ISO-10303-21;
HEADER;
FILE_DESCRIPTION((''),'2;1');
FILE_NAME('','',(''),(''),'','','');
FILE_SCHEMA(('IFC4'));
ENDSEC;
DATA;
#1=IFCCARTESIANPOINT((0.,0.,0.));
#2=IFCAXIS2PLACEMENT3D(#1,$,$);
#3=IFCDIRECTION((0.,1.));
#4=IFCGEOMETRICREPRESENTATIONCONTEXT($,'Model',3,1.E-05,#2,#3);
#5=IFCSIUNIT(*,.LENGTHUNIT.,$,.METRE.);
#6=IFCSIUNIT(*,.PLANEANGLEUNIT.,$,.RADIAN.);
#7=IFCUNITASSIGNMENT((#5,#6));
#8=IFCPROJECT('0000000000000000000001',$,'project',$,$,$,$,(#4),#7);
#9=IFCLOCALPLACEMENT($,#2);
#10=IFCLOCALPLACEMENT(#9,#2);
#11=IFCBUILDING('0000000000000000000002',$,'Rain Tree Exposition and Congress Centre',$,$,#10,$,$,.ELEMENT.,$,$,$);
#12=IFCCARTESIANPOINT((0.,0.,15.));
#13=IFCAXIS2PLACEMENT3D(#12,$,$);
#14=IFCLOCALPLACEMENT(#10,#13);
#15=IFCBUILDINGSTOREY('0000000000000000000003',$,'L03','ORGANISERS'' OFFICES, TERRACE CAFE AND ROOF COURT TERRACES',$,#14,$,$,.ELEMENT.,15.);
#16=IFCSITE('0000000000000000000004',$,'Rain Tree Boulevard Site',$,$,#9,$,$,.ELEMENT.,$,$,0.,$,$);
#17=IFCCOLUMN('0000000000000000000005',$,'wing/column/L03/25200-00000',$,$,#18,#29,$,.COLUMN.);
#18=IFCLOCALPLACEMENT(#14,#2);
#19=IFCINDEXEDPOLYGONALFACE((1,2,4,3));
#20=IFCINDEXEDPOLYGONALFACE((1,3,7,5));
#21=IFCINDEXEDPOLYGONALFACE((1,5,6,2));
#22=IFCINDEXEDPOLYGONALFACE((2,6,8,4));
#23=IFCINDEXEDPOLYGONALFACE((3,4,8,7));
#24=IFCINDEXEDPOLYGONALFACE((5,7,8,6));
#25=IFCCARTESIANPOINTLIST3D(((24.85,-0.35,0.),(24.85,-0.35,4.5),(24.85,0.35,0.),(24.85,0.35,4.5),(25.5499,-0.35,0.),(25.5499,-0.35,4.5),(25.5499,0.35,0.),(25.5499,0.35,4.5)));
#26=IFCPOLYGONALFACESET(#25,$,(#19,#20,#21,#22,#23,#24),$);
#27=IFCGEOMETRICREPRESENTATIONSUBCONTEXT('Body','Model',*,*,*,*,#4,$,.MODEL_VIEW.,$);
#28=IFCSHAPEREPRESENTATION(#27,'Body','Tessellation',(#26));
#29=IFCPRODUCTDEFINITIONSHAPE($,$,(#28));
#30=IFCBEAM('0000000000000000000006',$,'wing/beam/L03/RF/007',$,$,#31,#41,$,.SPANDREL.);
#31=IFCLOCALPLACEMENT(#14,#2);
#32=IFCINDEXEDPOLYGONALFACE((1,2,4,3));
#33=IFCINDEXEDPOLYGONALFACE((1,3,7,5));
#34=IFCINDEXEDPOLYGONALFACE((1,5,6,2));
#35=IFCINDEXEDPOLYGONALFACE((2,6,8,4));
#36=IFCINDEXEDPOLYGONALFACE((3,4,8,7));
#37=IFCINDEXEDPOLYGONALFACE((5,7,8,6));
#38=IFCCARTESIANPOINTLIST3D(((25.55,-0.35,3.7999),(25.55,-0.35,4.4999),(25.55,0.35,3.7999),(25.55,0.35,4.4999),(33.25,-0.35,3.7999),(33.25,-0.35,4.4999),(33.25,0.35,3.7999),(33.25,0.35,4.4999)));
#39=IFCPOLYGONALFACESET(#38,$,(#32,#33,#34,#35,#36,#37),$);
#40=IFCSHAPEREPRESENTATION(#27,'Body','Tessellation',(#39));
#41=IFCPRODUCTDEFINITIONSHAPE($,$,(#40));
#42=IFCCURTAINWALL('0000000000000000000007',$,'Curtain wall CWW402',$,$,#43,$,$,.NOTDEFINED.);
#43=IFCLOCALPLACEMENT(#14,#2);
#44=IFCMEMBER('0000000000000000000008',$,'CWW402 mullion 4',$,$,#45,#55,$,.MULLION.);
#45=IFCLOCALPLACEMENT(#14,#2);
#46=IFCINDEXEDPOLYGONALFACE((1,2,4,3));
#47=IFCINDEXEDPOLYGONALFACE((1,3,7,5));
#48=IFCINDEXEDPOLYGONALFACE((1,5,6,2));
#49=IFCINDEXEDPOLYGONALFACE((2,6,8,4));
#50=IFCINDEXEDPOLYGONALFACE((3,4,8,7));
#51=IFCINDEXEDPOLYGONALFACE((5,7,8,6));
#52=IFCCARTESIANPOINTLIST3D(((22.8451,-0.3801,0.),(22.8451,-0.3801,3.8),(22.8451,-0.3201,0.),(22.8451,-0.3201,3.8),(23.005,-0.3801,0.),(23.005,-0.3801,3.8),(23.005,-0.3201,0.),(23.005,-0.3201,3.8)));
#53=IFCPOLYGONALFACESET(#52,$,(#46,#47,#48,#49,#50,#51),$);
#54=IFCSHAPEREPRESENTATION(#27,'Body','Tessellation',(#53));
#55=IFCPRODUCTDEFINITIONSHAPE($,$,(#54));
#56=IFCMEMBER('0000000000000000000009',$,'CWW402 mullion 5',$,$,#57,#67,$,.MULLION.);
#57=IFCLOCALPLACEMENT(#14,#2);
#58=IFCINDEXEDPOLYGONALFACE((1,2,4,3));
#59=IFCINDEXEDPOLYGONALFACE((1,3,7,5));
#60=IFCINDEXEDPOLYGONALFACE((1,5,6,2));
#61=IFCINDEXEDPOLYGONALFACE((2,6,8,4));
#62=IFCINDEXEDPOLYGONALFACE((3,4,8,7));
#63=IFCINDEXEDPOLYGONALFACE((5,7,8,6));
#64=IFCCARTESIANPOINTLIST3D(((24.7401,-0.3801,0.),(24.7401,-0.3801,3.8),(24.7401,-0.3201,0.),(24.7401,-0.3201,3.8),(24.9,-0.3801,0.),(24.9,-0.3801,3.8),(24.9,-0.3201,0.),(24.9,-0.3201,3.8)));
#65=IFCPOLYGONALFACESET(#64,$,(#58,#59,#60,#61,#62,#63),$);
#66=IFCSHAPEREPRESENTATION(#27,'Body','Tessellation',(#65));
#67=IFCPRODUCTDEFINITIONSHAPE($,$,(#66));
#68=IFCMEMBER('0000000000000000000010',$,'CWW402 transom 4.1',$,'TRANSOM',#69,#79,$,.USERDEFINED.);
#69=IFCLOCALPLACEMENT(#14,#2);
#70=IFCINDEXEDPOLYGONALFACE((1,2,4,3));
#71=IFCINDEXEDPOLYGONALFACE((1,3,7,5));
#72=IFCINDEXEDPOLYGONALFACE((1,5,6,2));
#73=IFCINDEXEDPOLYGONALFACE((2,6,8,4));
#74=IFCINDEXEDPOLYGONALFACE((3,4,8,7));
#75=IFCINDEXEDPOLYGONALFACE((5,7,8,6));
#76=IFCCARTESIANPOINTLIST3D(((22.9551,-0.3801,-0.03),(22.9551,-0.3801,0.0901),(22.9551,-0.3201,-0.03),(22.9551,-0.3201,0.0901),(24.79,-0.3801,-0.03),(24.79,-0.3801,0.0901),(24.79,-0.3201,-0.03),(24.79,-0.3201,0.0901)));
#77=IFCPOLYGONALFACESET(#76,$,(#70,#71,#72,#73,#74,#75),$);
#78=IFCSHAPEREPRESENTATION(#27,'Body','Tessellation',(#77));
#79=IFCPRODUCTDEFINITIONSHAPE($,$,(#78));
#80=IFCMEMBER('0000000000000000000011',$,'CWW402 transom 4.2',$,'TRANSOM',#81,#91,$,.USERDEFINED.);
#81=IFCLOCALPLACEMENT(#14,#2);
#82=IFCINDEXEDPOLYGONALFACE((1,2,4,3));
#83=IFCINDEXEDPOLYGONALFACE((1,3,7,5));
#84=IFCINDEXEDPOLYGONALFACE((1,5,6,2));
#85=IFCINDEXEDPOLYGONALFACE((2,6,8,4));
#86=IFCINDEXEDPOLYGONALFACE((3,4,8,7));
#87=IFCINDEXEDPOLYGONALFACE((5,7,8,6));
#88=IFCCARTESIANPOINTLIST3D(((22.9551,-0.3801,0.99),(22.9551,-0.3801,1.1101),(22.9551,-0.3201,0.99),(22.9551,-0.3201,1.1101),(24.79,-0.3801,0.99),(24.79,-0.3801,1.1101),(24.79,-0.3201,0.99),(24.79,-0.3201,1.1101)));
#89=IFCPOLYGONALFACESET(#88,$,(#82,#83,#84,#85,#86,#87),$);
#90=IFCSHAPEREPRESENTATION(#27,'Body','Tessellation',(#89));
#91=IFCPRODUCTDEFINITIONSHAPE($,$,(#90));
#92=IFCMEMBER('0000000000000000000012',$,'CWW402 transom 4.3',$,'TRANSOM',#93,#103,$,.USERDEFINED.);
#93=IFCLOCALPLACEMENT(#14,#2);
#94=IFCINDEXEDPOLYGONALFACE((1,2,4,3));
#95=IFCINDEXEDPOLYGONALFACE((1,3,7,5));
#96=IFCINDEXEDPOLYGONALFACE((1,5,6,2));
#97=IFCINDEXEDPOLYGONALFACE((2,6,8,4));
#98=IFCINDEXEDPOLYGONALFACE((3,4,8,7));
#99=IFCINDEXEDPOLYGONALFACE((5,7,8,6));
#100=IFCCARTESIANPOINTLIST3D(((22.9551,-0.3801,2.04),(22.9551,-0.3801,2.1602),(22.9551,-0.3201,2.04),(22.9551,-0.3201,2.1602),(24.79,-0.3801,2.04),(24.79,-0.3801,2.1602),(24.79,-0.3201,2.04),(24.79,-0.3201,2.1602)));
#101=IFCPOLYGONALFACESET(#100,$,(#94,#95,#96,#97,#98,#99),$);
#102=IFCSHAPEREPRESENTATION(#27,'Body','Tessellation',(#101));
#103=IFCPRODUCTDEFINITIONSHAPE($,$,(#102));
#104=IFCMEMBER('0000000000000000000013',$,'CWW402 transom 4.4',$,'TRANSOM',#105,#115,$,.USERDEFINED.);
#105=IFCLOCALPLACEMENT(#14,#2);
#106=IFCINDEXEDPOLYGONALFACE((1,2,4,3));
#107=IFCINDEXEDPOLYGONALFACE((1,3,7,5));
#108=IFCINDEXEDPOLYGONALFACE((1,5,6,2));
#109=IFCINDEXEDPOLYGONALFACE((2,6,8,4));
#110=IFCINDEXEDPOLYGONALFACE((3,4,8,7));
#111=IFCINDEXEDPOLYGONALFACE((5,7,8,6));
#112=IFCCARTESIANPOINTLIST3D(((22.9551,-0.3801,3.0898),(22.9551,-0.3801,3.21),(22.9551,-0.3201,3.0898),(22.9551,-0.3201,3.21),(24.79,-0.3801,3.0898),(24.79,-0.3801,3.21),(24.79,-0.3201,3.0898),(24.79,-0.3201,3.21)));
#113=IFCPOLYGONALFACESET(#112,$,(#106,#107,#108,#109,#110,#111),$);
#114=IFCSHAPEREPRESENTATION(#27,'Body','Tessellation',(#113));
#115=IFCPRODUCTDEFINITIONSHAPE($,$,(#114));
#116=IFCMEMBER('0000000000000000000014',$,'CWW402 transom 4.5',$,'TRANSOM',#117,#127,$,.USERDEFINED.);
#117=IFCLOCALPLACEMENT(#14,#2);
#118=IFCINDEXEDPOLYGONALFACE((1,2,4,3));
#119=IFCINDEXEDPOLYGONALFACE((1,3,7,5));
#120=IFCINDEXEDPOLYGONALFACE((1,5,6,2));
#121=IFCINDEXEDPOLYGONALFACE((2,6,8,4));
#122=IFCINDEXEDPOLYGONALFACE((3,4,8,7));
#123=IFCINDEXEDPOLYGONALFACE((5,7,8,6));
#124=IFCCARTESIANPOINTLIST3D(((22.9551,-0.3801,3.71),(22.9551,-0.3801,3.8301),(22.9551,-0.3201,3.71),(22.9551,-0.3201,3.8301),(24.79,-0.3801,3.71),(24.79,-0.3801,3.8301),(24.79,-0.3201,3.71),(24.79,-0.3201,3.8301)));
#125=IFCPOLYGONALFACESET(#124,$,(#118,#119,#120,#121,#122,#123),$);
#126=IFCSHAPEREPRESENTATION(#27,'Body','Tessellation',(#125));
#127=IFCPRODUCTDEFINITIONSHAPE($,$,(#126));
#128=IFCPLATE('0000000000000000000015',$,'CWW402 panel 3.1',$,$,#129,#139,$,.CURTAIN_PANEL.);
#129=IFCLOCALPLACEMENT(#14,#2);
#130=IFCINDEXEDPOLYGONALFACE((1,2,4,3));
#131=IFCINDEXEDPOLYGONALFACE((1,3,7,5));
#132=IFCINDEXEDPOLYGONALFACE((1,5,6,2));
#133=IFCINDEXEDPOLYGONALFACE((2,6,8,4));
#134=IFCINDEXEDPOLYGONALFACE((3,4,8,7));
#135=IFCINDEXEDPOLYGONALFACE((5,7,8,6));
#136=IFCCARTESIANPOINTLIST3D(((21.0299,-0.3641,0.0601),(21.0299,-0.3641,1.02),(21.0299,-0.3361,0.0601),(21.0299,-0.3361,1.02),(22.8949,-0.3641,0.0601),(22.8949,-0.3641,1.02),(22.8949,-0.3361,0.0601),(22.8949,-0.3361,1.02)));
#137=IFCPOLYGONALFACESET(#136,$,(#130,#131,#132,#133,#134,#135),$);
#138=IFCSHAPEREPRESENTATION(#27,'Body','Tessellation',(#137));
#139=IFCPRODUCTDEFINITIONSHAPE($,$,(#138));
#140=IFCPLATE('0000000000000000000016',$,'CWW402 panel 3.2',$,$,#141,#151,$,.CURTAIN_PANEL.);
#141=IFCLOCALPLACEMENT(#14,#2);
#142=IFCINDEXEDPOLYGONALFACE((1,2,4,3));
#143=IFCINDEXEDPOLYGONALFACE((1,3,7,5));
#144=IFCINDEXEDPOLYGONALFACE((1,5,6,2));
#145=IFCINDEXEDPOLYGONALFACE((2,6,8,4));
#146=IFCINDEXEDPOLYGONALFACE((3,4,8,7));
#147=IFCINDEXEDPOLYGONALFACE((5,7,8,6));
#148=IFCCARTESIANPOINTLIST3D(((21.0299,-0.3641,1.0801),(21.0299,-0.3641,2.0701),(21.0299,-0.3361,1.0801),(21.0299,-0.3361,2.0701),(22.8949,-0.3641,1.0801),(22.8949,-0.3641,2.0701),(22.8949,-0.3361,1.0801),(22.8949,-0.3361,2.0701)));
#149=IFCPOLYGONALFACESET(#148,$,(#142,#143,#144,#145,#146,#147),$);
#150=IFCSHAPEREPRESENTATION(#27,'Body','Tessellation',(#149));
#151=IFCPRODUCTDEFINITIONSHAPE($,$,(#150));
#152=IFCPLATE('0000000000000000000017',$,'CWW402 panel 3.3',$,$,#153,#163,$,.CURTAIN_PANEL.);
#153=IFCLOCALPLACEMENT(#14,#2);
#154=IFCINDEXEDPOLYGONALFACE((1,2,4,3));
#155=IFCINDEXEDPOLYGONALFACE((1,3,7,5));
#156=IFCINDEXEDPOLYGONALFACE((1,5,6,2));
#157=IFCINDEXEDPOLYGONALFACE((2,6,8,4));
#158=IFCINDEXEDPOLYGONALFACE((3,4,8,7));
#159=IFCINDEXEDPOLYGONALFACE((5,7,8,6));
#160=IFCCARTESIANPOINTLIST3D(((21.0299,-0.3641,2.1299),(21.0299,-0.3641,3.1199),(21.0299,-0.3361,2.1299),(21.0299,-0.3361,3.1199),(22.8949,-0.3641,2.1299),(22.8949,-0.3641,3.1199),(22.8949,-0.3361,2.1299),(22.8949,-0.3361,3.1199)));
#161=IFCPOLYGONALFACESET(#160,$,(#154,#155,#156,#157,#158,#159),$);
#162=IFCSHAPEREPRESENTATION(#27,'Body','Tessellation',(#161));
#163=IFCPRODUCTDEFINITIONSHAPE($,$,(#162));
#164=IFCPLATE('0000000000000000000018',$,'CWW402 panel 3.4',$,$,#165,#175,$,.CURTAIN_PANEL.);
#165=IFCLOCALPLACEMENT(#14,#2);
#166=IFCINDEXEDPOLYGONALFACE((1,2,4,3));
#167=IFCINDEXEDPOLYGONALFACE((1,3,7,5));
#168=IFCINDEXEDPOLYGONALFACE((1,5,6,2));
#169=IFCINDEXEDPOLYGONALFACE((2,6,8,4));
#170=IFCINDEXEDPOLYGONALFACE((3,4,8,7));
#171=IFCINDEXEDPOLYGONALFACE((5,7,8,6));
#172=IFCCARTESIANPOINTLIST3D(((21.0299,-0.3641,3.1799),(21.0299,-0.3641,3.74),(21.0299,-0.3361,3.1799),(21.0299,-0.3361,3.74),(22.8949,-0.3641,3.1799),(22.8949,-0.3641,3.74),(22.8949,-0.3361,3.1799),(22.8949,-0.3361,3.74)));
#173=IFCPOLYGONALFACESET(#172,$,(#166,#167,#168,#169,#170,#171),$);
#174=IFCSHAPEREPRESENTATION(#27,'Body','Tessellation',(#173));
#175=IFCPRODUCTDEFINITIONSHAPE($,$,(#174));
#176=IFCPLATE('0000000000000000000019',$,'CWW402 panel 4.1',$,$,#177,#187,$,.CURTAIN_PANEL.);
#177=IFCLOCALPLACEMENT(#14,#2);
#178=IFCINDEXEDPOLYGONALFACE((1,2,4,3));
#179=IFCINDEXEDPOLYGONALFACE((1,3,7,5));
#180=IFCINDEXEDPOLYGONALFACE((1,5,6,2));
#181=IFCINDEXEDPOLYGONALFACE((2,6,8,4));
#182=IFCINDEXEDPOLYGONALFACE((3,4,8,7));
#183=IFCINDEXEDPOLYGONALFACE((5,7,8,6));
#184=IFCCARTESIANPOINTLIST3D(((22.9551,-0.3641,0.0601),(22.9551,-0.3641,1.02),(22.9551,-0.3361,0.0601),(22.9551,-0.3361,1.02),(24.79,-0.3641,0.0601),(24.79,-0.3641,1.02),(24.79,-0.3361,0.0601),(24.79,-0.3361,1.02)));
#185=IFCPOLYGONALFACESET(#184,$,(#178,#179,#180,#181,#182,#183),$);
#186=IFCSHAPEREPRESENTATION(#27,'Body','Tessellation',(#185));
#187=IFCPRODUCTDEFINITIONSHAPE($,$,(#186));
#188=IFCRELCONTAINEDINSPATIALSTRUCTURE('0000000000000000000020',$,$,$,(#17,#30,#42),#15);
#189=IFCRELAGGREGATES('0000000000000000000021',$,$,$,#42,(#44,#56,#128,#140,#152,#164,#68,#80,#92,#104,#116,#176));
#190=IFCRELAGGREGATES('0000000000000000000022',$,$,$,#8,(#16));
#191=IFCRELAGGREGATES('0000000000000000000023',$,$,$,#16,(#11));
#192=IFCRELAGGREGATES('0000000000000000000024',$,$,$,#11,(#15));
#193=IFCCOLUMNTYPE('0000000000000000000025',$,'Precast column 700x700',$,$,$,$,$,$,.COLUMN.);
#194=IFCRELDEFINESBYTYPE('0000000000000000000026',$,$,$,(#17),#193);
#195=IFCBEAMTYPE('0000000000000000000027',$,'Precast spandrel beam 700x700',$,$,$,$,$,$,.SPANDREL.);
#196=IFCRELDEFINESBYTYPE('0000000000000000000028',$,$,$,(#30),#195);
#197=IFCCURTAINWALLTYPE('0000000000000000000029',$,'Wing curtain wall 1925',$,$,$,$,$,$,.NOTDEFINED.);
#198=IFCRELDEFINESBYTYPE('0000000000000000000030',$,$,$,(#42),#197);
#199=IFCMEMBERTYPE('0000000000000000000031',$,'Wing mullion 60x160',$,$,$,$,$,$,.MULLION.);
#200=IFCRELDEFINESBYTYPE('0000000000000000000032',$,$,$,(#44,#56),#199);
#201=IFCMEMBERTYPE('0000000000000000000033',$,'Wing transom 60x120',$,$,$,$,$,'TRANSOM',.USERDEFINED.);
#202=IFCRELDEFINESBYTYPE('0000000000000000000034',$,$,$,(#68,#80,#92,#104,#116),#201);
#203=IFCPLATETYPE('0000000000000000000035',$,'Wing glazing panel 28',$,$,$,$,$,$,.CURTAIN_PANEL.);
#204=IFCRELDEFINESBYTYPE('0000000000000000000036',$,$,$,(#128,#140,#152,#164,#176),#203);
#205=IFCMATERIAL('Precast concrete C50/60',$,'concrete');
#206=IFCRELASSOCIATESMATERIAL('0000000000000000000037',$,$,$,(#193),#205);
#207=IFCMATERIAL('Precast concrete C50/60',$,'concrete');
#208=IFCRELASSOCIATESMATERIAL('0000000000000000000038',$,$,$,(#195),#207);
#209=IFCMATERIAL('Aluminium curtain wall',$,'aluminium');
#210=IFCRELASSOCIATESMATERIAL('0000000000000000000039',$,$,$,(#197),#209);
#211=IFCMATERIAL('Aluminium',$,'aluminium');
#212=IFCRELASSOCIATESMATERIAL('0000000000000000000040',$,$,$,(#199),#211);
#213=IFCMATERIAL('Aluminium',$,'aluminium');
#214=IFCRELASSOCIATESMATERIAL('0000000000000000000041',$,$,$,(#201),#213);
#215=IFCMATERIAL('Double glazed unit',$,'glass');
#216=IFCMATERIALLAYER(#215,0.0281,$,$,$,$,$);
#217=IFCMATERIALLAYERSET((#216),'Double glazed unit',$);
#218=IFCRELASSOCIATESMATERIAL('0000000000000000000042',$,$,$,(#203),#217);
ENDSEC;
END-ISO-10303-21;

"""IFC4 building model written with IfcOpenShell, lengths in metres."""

from ifc_helpers import new_model, si_unit, direction, frame, origin, origin_2d, place, context, subcontext, project, spatial, rectangle, extrude, material, layer, layer_set, material_profile, profile_set, type_object, element, aggregate, save


model = new_model("IFC4")

# Units and contexts
model_context = context("Model", 3, precision=1e-05, world=origin(), true_north=direction((0.0, 1.0)))
body_context = subcontext(model_context, "Body", "Model", "MODEL_VIEW")
ifc_project = project(units=[si_unit("LENGTHUNIT", "METRE"), si_unit("PLANEANGLEUNIT", "RADIAN")], contexts=[model_context])

# Site, building, storey
site_placement = place(None, origin())
site = spatial("IfcSite", under=ifc_project, at=site_placement, Name="Rain Tree Boulevard Site", CompositionType="ELEMENT", RefElevation=0.0)
building_placement = place(site_placement, origin())
building = spatial("IfcBuilding", under=site, at=building_placement, Name="Rain Tree Exposition and Congress Centre", CompositionType="ELEMENT")
storey_placement = place(building_placement, frame((0.0, 0.0, 15.0)))
storey = spatial("IfcBuildingStorey", under=building, at=storey_placement, Name="L03", Description="ORGANISERS' OFFICES, TERRACE CAFE AND ROOF COURT TERRACES", CompositionType="ELEMENT", Elevation=15.0)

# Column
ifc_material_1 = material(Name="Precast concrete C50/60", Category="concrete")
ifc_material_profile_1 = material_profile(ifc_material_1, rectangle(XDim=0.7, YDim=0.7, at=origin_2d()), Name="RC 700x700")
ifc_profile_set_1 = profile_set([ifc_material_profile_1], Name="Precast concrete C50/60")
column_type = type_object("IfcColumnType", Name="Precast column 700x700", PredefinedType="COLUMN", material=ifc_profile_set_1)
column_placement = place(storey_placement, frame((25.2, 0.0, 0.0), z_axis=(0.0, 0.0, 1.0), x_axis=(1.0, 0.0, 0.0)))
element("IfcColumn", 1, at=column_placement, inside=storey, type_object=column_type, Name="wing/column/L03/25200-00000", PredefinedType="COLUMN", context=body_context, shape_type="SweptSolid", body=[
    extrude(rectangle(XDim=0.7, YDim=0.7, at=origin_2d()), origin(), (0.0, 0.0, 1.0), 4.5),
])

# Beam
ifc_material_2 = material(Name="Precast concrete C50/60", Category="concrete")
ifc_material_profile_2 = material_profile(ifc_material_2, rectangle(XDim=0.7, YDim=0.7, at=origin_2d()), Name="RC 700x700")
ifc_profile_set_2 = profile_set([ifc_material_profile_2], Name="Precast concrete C50/60")
beam_type = type_object("IfcBeamType", Name="Precast spandrel beam 700x700", PredefinedType="SPANDREL", material=ifc_profile_set_2)
beam_placement = place(storey_placement, frame((25.55, 0.0, 4.1499), z_axis=(1.0, 0.0, 0.0), x_axis=(0.0, 1.0, 0.0)))
element("IfcBeam", 2, at=beam_placement, inside=storey, type_object=beam_type, Name="wing/beam/L03/RF/007", PredefinedType="SPANDREL", context=body_context, shape_type="SweptSolid", body=[
    extrude(rectangle(XDim=0.7, YDim=0.7, at=origin_2d()), origin(), (0.0, 0.0, 1.0), 7.7),
])

# Curtain wall, members, plates
ifc_material_3 = material(Name="Aluminium curtain wall", Category="aluminium")
curtain_wall_type = type_object("IfcCurtainWallType", Name="Wing curtain wall 1925", PredefinedType="NOTDEFINED", material=ifc_material_3)
curtain_wall_placement = place(storey_placement, origin())
curtain_wall = element("IfcCurtainWall", 3, at=curtain_wall_placement, inside=storey, type_object=curtain_wall_type, Name="Curtain wall CWW402", PredefinedType="NOTDEFINED")
ifc_material_4 = material(Name="Aluminium", Category="aluminium")
ifc_material_profile_3 = material_profile(ifc_material_4, rectangle(XDim=0.0601, YDim=0.1599, at=origin_2d()), Name="Aluminium 60x160")
ifc_profile_set_3 = profile_set([ifc_material_profile_3], Name="Aluminium")
member_type_1 = type_object("IfcMemberType", Name="Wing mullion 60x160", PredefinedType="MULLION", material=ifc_profile_set_3)
member_1_placement = place(storey_placement, frame((22.925, -0.3501, 0.0), z_axis=(0.0, 0.0, 1.0), x_axis=(0.0, 1.0, 0.0)))
member_1 = element("IfcMember", 4, at=member_1_placement, type_object=member_type_1, Name="CWW402 mullion 4", PredefinedType="MULLION", context=body_context, shape_type="SweptSolid", body=[
    extrude(rectangle(XDim=0.0601, YDim=0.1599, at=origin_2d()), origin(), (0.0, 0.0, 1.0), 3.8),
])
member_2_placement = place(storey_placement, frame((24.8201, -0.3501, 0.0), z_axis=(0.0, 0.0, 1.0), x_axis=(0.0, 1.0, 0.0)))
member_2 = element("IfcMember", 5, at=member_2_placement, type_object=member_type_1, Name="CWW402 mullion 5", PredefinedType="MULLION", context=body_context, shape_type="SweptSolid", body=[
    extrude(rectangle(XDim=0.0601, YDim=0.1599, at=origin_2d()), origin(), (0.0, 0.0, 1.0), 3.8),
])
ifc_material_5 = material(Name="Aluminium", Category="aluminium")
ifc_material_profile_4 = material_profile(ifc_material_5, rectangle(XDim=0.0601, YDim=0.1201, at=origin_2d()), Name="Aluminium 60x120")
ifc_profile_set_4 = profile_set([ifc_material_profile_4], Name="Aluminium")
member_type_2 = type_object("IfcMemberType", Name="Wing transom 60x120", ElementType="TRANSOM", PredefinedType="USERDEFINED", material=ifc_profile_set_4)
member_3_placement = place(storey_placement, frame((22.9551, -0.3501, 0.03), z_axis=(1.0, 0.0, 0.0), x_axis=(0.0, 1.0, 0.0)))
member_3 = element("IfcMember", 6, at=member_3_placement, type_object=member_type_2, Name="CWW402 transom 4.1", ObjectType="TRANSOM", PredefinedType="USERDEFINED", context=body_context, shape_type="SweptSolid", body=[
    extrude(rectangle(XDim=0.0601, YDim=0.1201, at=origin_2d()), origin(), (0.0, 0.0, 1.0), 1.835),
])
member_4_placement = place(storey_placement, frame((22.9551, -0.3501, 1.05), z_axis=(1.0, 0.0, 0.0), x_axis=(0.0, 1.0, 0.0)))
member_4 = element("IfcMember", 7, at=member_4_placement, type_object=member_type_2, Name="CWW402 transom 4.2", ObjectType="TRANSOM", PredefinedType="USERDEFINED", context=body_context, shape_type="SweptSolid", body=[
    extrude(rectangle(XDim=0.0601, YDim=0.1201, at=origin_2d()), origin(), (0.0, 0.0, 1.0), 1.835),
])
member_5_placement = place(storey_placement, frame((22.9551, -0.3501, 2.1001), z_axis=(1.0, 0.0, 0.0), x_axis=(0.0, 1.0, 0.0)))
member_5 = element("IfcMember", 8, at=member_5_placement, type_object=member_type_2, Name="CWW402 transom 4.3", ObjectType="TRANSOM", PredefinedType="USERDEFINED", context=body_context, shape_type="SweptSolid", body=[
    extrude(rectangle(XDim=0.0601, YDim=0.1201, at=origin_2d()), origin(), (0.0, 0.0, 1.0), 1.835),
])
member_6_placement = place(storey_placement, frame((22.9551, -0.3501, 3.1499), z_axis=(1.0, 0.0, 0.0), x_axis=(0.0, 1.0, 0.0)))
member_6 = element("IfcMember", 9, at=member_6_placement, type_object=member_type_2, Name="CWW402 transom 4.4", ObjectType="TRANSOM", PredefinedType="USERDEFINED", context=body_context, shape_type="SweptSolid", body=[
    extrude(rectangle(XDim=0.0601, YDim=0.1201, at=origin_2d()), origin(), (0.0, 0.0, 1.0), 1.835),
])
member_7_placement = place(storey_placement, frame((22.9551, -0.3501, 3.77), z_axis=(1.0, 0.0, 0.0), x_axis=(0.0, 1.0, 0.0)))
member_7 = element("IfcMember", 10, at=member_7_placement, type_object=member_type_2, Name="CWW402 transom 4.5", ObjectType="TRANSOM", PredefinedType="USERDEFINED", context=body_context, shape_type="SweptSolid", body=[
    extrude(rectangle(XDim=0.0601, YDim=0.1201, at=origin_2d()), origin(), (0.0, 0.0, 1.0), 1.835),
])
ifc_material_6 = material(Name="Double glazed unit", Category="glass")
ifc_layer_1 = layer(ifc_material_6, 0.0281)
ifc_layer_set_1 = layer_set([ifc_layer_1], Name="Double glazed unit")
plate_type = type_object("IfcPlateType", Name="Wing glazing panel 28", PredefinedType="CURTAIN_PANEL", material=ifc_layer_set_1)
plate_1_placement = place(storey_placement, frame((21.9624, -0.3501, 0.0601), z_axis=(0.0, 0.0, 1.0), x_axis=(1.0, 0.0, 0.0)))
plate_1 = element("IfcPlate", 11, at=plate_1_placement, type_object=plate_type, Name="CWW402 panel 3.1", PredefinedType="CURTAIN_PANEL", context=body_context, shape_type="SweptSolid", body=[
    extrude(rectangle(XDim=1.865, YDim=0.0281, at=origin_2d()), origin(), (0.0, 0.0, 1.0), 0.96),
])
plate_2_placement = place(storey_placement, frame((21.9624, -0.3501, 1.0801), z_axis=(0.0, 0.0, 1.0), x_axis=(1.0, 0.0, 0.0)))
plate_2 = element("IfcPlate", 12, at=plate_2_placement, type_object=plate_type, Name="CWW402 panel 3.2", PredefinedType="CURTAIN_PANEL", context=body_context, shape_type="SweptSolid", body=[
    extrude(rectangle(XDim=1.865, YDim=0.0281, at=origin_2d()), origin(), (0.0, 0.0, 1.0), 0.99),
])
plate_3_placement = place(storey_placement, frame((21.9624, -0.3501, 2.1299), z_axis=(0.0, 0.0, 1.0), x_axis=(1.0, 0.0, 0.0)))
plate_3 = element("IfcPlate", 13, at=plate_3_placement, type_object=plate_type, Name="CWW402 panel 3.3", PredefinedType="CURTAIN_PANEL", context=body_context, shape_type="SweptSolid", body=[
    extrude(rectangle(XDim=1.865, YDim=0.0281, at=origin_2d()), origin(), (0.0, 0.0, 1.0), 0.99),
])
plate_4_placement = place(storey_placement, frame((21.9624, -0.3501, 3.1799), z_axis=(0.0, 0.0, 1.0), x_axis=(1.0, 0.0, 0.0)))
plate_4 = element("IfcPlate", 14, at=plate_4_placement, type_object=plate_type, Name="CWW402 panel 3.4", PredefinedType="CURTAIN_PANEL", context=body_context, shape_type="SweptSolid", body=[
    extrude(rectangle(XDim=1.865, YDim=0.0281, at=origin_2d()), origin(), (0.0, 0.0, 1.0), 0.5601),
])
plate_5_placement = place(storey_placement, frame((23.8726, -0.3501, 0.0601), z_axis=(0.0, 0.0, 1.0), x_axis=(1.0, 0.0, 0.0)))
plate_5 = element("IfcPlate", 15, at=plate_5_placement, type_object=plate_type, Name="CWW402 panel 4.1", PredefinedType="CURTAIN_PANEL", context=body_context, shape_type="SweptSolid", body=[
    extrude(rectangle(XDim=1.835, YDim=0.0281, at=origin_2d()), origin(), (0.0, 0.0, 1.0), 0.96),
])
aggregate(curtain_wall, [member_1, member_2, plate_1, plate_2, plate_3, plate_4, member_3, member_4, member_5, member_6, member_7, plate_5])

save(model, "model.ifc")
